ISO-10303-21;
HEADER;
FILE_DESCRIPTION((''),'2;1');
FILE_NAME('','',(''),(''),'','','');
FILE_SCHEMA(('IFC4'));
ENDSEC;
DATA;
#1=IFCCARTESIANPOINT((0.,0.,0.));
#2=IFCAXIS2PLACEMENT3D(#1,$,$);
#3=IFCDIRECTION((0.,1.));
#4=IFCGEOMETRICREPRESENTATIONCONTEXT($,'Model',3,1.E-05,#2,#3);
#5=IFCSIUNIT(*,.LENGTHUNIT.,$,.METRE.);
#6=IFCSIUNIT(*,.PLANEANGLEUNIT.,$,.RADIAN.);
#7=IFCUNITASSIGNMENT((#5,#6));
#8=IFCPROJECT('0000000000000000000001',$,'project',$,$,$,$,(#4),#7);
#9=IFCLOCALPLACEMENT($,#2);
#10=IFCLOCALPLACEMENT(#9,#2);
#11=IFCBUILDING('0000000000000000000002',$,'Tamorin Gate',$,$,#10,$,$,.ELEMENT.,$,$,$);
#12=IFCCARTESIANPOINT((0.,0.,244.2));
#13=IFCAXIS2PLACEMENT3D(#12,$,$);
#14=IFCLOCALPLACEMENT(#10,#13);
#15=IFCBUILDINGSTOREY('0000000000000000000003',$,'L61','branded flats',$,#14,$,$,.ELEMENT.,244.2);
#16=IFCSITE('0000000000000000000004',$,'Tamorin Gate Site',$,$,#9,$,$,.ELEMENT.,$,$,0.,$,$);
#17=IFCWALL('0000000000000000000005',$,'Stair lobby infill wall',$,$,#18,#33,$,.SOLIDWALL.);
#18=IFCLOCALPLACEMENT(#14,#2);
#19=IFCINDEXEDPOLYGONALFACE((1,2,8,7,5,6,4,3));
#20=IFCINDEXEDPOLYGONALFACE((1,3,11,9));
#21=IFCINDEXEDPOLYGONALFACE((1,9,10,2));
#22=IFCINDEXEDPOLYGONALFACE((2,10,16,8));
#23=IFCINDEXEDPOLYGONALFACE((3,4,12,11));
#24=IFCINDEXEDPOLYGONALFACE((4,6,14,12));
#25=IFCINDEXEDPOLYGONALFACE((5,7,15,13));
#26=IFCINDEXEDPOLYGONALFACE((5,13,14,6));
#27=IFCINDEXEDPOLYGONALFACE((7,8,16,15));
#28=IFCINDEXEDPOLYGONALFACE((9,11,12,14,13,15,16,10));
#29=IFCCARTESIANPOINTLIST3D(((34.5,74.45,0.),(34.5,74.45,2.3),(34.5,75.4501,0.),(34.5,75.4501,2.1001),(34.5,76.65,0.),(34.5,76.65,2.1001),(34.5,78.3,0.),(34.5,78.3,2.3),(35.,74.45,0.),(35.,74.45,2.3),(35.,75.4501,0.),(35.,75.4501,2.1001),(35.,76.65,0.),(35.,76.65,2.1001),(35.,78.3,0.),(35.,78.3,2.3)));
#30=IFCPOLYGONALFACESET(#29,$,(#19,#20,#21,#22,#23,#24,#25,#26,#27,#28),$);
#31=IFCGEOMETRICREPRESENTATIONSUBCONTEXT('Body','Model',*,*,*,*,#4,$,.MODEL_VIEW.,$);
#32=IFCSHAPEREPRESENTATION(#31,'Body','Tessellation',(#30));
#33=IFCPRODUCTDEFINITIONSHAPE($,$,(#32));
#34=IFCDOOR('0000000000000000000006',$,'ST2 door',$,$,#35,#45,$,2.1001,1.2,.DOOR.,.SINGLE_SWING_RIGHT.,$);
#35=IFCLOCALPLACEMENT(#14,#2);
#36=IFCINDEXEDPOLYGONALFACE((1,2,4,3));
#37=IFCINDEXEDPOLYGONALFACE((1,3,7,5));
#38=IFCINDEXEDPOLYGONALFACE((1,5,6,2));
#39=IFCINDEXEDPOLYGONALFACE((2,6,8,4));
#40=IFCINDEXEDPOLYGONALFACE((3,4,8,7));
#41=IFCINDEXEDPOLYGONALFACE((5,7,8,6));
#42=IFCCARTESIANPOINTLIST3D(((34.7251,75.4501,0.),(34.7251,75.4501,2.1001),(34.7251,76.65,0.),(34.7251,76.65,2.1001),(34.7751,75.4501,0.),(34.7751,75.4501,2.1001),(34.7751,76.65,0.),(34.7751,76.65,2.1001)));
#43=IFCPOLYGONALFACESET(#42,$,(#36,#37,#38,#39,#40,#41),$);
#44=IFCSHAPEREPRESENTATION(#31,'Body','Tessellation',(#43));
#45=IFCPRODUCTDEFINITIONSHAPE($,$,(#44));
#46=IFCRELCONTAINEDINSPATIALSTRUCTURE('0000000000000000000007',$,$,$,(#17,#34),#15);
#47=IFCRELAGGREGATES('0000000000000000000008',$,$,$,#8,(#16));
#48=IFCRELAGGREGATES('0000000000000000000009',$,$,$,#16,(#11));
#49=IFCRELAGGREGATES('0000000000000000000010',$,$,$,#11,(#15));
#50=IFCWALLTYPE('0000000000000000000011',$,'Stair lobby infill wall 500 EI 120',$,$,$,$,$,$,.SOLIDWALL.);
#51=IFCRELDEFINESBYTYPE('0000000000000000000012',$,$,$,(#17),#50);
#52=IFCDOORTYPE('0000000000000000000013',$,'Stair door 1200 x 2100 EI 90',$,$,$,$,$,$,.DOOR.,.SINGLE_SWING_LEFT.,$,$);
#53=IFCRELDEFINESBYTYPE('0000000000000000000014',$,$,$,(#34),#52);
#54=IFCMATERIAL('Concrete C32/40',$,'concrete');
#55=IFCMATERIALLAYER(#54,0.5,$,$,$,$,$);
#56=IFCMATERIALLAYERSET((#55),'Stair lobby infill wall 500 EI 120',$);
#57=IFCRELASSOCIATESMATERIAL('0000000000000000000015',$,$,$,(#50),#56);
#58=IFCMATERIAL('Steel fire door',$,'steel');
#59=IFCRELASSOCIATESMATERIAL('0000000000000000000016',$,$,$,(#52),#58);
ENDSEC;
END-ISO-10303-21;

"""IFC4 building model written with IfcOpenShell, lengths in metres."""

from ifc_helpers import new_model, si_unit, direction, frame, frame_2d, origin, place, context, subcontext, project, spatial, rectangle, extrude, material, layer, layer_set, type_object, element, fill, save


model = new_model("IFC4")

# Units and contexts
model_context = context("Model", 3, precision=1e-05, world=origin(), true_north=direction((0.0, 1.0)))
body_context = subcontext(model_context, "Body", "Model", "MODEL_VIEW")
ifc_project = project(units=[si_unit("LENGTHUNIT", "METRE"), si_unit("PLANEANGLEUNIT", "RADIAN")], contexts=[model_context])

# Site, building, storey
site_placement = place(None, origin())
site = spatial("IfcSite", under=ifc_project, at=site_placement, Name="Tamorin Gate Site", CompositionType="ELEMENT", RefElevation=0.0)
building_placement = place(site_placement, origin())
building = spatial("IfcBuilding", under=site, at=building_placement, Name="Tamorin Gate", CompositionType="ELEMENT")
storey_placement = place(building_placement, frame((0.0, 0.0, 244.2)))
storey = spatial("IfcBuildingStorey", under=building, at=storey_placement, Name="L61", Description="branded flats", CompositionType="ELEMENT", Elevation=244.2)

# Wall, opening, door
ifc_material_1 = material(Name="Steel fire door", Category="steel")
ifc_material_2 = material(Name="Concrete C32/40", Category="concrete")
ifc_layer_1 = layer(ifc_material_2, 0.5)
ifc_layer_set_1 = layer_set([ifc_layer_1], Name="Stair lobby infill wall 500 EI 120")
wall_type_1 = type_object("IfcWallType", Name="Stair lobby infill wall 500 EI 120", PredefinedType="SOLIDWALL", material=ifc_layer_set_1)
door_type_1 = type_object("IfcDoorType", Name="Stair door 1200 x 2100 EI 90", OperationType="SINGLE_SWING_LEFT", PredefinedType="DOOR", material=ifc_material_1)
wall_1_placement = place(storey_placement, frame((34.75, 74.45, 0.0), z_axis=(0.0, 0.0, 1.0), x_axis=(0.0, 1.0, 0.0)))
wall_1 = element("IfcWall", 1, at=wall_1_placement, inside=storey, type_object=wall_type_1, Name="Stair lobby infill wall", PredefinedType="SOLIDWALL", context=body_context, shape_type="SweptSolid", body=[
    extrude(rectangle(XDim=3.8501, YDim=0.5, at=frame_2d((1.925, 0.0))), origin(), (0.0, 0.0, 1.0), 2.3),
])
opening_1_placement = place(wall_1_placement, frame((1.0, 0.0, 0.0)))
opening_1 = element("IfcOpeningElement", 2, at=opening_1_placement, cuts=wall_1, PredefinedType="OPENING", context=body_context, shape_type="SweptSolid", body=[
    extrude(rectangle(XDim=1.2, YDim=2.1001, at=frame_2d((0.6001, 1.05))), frame((0.0, 0.26, 0.0), z_axis=(0.0, -1.0, 0.0), x_axis=(1.0, 0.0, 0.0)), (0.0, 0.0, 1.0), 0.52),
])
door_1_placement = place(opening_1_placement, origin())
door_1 = element("IfcDoor", 3, at=door_1_placement, inside=storey, type_object=door_type_1, Name="ST2 door", OperationType="SINGLE_SWING_RIGHT", OverallHeight=2.1001, OverallWidth=1.2, PredefinedType="DOOR", context=body_context, shape_type="SweptSolid", body=[
    extrude(rectangle(XDim=1.2, YDim=2.1001, at=frame_2d((0.6001, 1.05))), frame((0.0, 0.0249, 0.0), z_axis=(0.0, -1.0, 0.0), x_axis=(1.0, 0.0, 0.0)), (0.0, 0.0, 1.0), 0.05),
])
fill(opening_1, door_1)

save(model, "model.ifc")
